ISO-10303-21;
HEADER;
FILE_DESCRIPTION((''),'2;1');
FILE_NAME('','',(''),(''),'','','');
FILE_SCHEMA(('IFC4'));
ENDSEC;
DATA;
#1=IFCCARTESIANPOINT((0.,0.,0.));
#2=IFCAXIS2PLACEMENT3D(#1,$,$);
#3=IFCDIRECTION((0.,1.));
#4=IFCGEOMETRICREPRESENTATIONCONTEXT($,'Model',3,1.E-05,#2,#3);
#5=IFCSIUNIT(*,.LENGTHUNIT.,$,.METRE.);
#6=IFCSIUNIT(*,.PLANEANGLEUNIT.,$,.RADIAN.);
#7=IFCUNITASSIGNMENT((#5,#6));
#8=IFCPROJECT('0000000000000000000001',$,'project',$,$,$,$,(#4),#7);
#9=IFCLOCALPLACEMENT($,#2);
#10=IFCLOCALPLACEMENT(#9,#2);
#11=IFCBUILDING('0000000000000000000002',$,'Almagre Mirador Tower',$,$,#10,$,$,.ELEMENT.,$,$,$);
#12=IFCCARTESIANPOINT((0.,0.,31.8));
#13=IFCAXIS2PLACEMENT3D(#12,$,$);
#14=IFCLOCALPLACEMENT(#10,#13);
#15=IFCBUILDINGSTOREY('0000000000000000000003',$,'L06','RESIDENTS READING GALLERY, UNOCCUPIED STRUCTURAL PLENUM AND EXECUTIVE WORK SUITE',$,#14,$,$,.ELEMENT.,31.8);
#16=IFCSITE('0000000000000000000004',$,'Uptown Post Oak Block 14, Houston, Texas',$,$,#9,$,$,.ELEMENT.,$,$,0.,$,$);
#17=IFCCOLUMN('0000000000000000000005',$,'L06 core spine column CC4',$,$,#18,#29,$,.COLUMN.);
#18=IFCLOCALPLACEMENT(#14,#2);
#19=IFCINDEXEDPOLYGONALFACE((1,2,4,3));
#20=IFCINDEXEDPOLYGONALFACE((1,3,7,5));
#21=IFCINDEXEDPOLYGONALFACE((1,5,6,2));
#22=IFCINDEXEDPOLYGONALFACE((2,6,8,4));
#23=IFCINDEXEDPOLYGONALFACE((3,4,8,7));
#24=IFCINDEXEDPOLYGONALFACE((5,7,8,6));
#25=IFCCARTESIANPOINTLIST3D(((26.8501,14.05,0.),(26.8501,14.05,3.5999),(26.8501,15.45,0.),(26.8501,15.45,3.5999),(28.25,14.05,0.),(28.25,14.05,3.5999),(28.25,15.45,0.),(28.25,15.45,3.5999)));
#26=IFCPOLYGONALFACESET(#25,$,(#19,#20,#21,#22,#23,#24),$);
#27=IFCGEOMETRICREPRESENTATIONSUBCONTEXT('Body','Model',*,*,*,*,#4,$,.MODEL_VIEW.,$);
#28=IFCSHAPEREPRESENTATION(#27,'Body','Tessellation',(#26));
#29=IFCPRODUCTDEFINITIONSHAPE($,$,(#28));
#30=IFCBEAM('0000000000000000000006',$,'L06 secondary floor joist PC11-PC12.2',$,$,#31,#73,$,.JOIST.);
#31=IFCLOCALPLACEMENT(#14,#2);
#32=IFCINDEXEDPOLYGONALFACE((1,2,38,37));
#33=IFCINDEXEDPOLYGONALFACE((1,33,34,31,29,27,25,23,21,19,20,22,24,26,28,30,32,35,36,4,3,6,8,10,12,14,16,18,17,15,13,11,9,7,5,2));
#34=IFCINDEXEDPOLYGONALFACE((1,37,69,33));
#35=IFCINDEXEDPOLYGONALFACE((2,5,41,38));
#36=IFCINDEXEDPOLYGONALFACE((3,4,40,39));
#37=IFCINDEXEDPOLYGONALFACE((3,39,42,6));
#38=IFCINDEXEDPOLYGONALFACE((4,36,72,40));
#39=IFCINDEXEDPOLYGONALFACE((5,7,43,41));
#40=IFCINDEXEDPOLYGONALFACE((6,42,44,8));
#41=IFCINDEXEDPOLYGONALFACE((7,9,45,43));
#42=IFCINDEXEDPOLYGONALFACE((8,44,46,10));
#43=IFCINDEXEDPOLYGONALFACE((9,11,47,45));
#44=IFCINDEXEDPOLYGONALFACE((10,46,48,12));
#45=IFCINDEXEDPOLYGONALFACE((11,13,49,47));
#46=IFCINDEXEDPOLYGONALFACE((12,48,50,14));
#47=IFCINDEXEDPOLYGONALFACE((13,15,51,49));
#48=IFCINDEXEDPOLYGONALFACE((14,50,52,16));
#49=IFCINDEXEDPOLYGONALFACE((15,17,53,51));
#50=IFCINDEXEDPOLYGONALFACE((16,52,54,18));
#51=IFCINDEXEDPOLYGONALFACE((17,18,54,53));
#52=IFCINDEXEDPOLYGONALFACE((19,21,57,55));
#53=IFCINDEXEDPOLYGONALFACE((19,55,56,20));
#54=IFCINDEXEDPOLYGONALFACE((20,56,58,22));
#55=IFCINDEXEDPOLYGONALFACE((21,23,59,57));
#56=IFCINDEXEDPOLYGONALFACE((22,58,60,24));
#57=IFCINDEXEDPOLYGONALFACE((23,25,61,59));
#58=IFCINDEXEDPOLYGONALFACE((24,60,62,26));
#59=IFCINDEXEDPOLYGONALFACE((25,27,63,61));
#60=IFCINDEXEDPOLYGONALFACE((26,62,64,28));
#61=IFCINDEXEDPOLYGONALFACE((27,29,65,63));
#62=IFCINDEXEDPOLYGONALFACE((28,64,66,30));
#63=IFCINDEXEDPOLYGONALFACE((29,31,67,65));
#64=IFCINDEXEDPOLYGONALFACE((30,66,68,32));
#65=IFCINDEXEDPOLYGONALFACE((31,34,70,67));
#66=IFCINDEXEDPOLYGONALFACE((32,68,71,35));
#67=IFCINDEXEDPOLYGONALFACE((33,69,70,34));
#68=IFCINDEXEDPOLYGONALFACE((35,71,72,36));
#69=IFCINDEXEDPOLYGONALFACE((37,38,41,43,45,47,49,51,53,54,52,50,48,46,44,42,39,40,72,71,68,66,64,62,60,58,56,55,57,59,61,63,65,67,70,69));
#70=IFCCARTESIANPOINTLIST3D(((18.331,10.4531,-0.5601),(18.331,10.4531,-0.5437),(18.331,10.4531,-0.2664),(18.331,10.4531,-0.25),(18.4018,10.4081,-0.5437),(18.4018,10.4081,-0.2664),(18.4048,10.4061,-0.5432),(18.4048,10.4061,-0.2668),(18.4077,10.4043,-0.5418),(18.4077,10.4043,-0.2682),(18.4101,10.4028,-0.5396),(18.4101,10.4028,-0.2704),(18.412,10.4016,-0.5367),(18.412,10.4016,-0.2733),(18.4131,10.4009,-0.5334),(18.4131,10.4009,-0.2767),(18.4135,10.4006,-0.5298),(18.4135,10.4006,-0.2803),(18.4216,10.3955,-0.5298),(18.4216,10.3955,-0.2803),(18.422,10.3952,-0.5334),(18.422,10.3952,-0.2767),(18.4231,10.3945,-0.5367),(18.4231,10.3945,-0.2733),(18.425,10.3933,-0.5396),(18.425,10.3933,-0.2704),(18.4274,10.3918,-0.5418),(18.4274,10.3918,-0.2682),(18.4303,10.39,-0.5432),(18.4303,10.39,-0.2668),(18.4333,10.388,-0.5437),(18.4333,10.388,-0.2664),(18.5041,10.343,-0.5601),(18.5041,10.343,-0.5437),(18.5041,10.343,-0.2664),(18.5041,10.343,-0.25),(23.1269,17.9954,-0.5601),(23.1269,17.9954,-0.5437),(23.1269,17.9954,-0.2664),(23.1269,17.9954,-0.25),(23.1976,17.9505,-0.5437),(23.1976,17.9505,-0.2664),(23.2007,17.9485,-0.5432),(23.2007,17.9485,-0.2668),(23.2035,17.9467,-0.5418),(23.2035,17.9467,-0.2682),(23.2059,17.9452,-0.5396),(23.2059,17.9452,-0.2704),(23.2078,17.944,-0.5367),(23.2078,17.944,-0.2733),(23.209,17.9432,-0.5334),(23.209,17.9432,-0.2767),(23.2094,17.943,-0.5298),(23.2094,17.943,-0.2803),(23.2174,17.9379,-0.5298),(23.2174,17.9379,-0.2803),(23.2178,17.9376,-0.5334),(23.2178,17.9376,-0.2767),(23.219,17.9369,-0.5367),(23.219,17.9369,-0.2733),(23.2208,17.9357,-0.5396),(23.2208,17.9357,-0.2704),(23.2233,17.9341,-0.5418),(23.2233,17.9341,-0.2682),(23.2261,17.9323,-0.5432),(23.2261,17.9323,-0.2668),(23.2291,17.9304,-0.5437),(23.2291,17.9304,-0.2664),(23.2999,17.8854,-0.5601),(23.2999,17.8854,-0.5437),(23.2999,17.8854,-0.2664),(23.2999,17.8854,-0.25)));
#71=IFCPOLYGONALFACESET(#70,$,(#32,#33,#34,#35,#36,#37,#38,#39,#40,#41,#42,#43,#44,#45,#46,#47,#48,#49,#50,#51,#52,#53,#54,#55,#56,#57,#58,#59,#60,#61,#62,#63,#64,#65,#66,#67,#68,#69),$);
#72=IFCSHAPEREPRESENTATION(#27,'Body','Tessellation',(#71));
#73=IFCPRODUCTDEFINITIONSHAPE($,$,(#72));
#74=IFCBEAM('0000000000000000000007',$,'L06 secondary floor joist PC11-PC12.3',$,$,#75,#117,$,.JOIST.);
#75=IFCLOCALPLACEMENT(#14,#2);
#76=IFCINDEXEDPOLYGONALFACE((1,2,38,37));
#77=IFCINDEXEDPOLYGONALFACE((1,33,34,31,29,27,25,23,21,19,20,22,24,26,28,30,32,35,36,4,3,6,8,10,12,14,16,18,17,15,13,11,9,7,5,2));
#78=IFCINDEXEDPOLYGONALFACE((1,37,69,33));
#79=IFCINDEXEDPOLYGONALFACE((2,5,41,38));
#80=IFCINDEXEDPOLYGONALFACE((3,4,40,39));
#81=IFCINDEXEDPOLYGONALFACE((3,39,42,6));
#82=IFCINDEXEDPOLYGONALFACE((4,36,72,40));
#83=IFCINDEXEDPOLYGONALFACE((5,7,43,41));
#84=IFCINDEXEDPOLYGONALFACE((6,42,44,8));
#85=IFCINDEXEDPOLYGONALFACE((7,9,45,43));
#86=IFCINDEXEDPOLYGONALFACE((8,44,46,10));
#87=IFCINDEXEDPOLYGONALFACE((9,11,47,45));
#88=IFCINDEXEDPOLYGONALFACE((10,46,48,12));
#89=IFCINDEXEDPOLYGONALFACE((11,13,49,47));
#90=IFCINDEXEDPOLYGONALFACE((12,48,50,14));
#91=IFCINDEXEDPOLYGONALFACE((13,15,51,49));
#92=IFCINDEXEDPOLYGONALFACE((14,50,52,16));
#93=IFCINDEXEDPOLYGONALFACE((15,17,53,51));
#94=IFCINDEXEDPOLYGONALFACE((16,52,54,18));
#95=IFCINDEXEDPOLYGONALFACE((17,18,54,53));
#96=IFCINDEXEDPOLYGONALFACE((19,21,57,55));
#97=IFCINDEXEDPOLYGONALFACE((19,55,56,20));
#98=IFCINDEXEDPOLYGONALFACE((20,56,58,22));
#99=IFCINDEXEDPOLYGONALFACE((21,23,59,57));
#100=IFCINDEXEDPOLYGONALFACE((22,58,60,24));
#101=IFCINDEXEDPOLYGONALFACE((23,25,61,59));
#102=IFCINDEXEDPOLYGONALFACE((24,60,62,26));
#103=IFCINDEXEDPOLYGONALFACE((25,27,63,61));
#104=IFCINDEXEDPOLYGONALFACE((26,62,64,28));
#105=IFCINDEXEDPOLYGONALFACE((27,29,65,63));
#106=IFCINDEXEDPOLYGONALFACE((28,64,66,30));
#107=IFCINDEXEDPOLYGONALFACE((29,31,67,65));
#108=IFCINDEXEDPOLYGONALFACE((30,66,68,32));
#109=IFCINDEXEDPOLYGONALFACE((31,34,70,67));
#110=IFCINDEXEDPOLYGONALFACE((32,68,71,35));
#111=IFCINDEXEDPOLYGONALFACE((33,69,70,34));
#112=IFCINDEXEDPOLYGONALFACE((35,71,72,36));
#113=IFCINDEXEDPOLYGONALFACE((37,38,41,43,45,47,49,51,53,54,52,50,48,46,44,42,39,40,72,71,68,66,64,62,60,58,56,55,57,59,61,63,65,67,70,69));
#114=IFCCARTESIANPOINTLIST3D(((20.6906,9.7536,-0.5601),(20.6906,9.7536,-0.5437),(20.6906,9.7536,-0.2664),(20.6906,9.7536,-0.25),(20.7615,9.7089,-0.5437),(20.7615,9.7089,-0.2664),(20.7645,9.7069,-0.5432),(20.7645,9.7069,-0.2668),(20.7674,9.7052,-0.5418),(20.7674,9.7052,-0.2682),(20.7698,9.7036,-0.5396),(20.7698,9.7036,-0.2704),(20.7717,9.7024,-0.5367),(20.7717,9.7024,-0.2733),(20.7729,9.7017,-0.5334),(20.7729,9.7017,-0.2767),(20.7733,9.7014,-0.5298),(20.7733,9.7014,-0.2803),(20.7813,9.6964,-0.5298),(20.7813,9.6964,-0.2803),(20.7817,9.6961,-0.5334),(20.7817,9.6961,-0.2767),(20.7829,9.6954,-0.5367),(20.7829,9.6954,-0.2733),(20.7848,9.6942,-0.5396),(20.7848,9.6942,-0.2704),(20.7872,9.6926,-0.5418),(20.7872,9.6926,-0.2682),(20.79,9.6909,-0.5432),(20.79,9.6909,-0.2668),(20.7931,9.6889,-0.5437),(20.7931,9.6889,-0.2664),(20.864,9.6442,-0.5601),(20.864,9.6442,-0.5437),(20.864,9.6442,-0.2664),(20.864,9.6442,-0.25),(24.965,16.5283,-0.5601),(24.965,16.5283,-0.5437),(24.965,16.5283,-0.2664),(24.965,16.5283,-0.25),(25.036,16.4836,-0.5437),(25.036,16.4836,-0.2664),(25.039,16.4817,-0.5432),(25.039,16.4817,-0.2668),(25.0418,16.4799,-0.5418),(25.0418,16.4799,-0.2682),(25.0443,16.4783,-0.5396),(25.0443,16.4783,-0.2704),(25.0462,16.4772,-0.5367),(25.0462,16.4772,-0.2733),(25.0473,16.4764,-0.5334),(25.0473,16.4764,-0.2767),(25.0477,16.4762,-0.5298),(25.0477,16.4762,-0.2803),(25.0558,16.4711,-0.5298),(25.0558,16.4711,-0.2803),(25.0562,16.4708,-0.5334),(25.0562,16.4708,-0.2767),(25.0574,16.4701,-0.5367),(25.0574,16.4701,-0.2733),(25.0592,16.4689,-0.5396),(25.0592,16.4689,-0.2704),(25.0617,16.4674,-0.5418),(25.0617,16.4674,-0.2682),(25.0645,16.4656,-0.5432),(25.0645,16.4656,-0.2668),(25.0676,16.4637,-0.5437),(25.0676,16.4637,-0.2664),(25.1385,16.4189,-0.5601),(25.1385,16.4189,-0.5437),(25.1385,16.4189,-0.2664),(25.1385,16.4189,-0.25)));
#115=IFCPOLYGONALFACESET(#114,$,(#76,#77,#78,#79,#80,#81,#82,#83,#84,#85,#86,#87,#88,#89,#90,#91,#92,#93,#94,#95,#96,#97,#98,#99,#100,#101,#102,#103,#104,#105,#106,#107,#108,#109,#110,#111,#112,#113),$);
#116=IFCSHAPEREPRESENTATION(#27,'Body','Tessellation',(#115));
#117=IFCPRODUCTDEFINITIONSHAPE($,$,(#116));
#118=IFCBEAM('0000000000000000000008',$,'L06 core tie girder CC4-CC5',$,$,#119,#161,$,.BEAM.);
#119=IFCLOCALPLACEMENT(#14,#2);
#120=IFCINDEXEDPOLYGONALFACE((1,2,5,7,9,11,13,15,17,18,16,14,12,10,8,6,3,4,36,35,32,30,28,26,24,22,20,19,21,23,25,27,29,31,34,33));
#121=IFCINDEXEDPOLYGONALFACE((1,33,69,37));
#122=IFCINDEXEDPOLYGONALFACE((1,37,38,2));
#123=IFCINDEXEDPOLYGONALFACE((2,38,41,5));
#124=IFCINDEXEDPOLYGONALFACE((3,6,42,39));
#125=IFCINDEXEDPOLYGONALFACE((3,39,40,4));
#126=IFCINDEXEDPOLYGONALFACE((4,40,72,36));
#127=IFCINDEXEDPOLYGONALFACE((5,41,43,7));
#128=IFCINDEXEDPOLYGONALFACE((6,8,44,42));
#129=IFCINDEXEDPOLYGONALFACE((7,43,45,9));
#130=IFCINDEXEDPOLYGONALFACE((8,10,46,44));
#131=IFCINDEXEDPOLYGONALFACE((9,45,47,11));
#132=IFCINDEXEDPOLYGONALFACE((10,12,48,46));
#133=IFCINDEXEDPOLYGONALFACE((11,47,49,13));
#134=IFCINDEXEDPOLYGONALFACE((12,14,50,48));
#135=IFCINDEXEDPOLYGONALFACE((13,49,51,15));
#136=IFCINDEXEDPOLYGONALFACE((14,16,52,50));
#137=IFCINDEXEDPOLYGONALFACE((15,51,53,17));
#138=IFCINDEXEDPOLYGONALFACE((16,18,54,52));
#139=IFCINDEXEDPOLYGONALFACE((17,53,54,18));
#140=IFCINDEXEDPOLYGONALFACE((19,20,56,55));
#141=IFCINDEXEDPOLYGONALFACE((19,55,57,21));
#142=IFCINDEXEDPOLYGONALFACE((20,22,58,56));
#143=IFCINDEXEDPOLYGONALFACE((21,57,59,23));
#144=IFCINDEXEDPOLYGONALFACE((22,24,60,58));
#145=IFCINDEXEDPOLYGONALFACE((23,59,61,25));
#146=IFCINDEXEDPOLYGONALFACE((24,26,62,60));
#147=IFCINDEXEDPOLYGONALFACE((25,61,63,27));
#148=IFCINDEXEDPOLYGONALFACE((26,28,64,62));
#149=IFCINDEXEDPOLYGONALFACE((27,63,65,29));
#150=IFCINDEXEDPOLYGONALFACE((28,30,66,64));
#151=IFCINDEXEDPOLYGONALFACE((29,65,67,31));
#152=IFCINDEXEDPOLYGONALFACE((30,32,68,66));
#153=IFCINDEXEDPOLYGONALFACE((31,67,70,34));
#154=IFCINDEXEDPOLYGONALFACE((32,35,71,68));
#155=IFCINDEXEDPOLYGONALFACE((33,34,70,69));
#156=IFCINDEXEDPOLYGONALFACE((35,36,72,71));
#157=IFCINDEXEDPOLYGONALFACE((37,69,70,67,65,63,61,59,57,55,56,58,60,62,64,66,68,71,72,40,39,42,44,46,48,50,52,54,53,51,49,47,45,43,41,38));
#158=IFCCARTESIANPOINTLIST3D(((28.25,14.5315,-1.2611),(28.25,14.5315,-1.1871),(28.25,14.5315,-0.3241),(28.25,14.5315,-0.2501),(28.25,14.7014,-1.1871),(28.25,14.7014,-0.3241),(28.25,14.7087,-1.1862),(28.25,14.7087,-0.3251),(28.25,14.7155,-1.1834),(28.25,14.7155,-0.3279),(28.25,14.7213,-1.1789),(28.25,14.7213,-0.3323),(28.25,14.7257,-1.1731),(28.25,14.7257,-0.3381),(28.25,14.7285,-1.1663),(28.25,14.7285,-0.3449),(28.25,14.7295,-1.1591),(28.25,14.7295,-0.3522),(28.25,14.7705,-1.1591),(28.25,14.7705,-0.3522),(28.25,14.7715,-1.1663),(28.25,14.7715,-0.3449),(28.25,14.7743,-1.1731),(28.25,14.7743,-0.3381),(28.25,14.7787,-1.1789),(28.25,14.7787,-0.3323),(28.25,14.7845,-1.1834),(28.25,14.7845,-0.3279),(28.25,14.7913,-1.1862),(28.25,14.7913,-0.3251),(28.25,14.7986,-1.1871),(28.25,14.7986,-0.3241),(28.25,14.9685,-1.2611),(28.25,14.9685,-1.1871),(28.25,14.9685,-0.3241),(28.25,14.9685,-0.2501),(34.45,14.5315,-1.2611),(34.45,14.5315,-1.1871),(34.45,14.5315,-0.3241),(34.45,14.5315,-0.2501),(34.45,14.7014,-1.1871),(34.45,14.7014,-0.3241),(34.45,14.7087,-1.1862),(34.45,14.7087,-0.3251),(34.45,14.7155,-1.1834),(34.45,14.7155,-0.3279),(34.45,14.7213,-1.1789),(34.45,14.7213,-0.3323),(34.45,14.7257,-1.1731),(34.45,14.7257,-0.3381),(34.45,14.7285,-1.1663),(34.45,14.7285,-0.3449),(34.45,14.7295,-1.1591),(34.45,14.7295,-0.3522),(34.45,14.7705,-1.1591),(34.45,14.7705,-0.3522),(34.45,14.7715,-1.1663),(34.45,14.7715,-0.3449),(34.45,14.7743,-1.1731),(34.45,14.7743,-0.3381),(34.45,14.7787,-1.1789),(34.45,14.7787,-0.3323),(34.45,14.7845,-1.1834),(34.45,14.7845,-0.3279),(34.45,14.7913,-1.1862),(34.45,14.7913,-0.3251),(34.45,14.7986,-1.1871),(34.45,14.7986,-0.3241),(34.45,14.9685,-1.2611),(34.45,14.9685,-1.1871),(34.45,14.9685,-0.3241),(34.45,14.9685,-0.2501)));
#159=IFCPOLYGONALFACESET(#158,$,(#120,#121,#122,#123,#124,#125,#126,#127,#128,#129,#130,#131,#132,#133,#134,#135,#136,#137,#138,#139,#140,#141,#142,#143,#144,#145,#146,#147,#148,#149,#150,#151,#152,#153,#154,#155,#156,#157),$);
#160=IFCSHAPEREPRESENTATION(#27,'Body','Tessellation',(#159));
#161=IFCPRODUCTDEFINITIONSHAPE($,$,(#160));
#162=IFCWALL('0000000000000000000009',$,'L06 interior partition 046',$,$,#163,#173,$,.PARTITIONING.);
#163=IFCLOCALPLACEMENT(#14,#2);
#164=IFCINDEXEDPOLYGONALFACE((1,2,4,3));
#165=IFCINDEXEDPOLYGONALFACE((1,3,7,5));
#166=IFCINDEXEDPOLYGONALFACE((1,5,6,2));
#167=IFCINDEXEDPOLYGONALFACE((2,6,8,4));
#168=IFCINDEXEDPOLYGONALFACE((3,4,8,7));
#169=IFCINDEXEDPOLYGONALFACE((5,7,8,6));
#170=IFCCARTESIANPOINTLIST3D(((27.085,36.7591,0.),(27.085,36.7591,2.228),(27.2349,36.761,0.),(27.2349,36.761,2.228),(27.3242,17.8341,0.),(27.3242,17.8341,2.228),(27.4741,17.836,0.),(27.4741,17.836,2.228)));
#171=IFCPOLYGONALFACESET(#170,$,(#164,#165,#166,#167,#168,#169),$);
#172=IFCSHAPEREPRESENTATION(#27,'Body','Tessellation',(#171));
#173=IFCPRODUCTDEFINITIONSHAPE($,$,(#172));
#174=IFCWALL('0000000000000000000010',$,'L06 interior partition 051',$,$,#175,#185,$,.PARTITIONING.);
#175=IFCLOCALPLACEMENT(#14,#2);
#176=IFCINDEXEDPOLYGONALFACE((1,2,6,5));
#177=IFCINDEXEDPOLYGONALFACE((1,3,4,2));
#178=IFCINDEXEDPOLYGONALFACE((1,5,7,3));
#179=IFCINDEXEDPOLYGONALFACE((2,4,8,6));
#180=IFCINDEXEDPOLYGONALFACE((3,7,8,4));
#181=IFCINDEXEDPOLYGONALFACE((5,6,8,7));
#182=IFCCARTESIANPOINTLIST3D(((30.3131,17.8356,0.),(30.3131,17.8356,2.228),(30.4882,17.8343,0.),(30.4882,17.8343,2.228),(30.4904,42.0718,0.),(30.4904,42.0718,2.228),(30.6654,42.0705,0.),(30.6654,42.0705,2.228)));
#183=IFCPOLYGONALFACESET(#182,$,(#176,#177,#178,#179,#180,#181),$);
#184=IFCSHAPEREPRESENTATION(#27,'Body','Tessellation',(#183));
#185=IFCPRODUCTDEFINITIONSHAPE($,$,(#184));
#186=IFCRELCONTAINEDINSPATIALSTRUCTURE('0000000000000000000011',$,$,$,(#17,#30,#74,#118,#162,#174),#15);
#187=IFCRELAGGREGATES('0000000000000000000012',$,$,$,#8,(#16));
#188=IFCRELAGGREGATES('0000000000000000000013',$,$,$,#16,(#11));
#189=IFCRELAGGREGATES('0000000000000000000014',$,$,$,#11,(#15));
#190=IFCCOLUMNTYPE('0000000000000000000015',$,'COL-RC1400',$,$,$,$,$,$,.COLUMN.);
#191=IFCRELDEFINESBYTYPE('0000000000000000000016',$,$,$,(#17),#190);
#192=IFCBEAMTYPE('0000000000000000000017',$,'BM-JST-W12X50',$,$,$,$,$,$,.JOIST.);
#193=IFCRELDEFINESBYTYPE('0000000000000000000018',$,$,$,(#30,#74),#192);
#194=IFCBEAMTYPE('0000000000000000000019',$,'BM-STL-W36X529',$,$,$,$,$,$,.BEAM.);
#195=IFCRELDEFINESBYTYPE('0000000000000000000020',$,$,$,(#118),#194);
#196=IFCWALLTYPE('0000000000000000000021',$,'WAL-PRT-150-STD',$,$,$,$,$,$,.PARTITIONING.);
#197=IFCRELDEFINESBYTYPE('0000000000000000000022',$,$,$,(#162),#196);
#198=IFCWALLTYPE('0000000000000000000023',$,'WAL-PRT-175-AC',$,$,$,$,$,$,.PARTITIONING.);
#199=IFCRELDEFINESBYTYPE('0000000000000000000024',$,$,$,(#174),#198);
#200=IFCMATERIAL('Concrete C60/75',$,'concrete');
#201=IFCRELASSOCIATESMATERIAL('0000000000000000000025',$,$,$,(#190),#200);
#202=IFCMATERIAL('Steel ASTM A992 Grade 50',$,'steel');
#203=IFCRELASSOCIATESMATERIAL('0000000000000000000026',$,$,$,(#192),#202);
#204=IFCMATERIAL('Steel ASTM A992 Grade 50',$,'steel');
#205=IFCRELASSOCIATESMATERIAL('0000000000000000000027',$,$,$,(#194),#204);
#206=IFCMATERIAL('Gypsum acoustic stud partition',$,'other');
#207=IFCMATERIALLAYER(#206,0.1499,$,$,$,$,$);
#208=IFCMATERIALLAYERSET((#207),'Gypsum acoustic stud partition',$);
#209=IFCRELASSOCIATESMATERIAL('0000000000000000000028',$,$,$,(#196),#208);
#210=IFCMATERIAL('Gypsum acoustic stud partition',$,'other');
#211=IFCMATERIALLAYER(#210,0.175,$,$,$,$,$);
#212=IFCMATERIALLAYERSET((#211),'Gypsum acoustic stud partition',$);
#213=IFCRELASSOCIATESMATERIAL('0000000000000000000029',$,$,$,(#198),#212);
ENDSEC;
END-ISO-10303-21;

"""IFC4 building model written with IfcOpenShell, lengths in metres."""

from ifc_helpers import new_model, si_unit, direction, frame, frame_2d, origin, origin_2d, place, context, subcontext, project, spatial, rectangle, i_section, extrude, material, layer, layer_set, material_profile, profile_set, type_object, element, save


model = new_model("IFC4")

# Units and contexts
model_context = context("Model", 3, precision=1e-05, world=origin(), true_north=direction((0.0, 1.0)))
body_context = subcontext(model_context, "Body", "Model", "MODEL_VIEW")
ifc_project = project(units=[si_unit("LENGTHUNIT", "METRE"), si_unit("PLANEANGLEUNIT", "RADIAN")], contexts=[model_context])

# Site, building, storey
site_placement = place(None, origin())
site = spatial("IfcSite", under=ifc_project, at=site_placement, Name="Uptown Post Oak Block 14, Houston, Texas", CompositionType="ELEMENT", RefElevation=0.0)
building_placement = place(site_placement, origin())
building = spatial("IfcBuilding", under=site, at=building_placement, Name="Almagre Mirador Tower", CompositionType="ELEMENT")
storey_placement = place(building_placement, frame((0.0, 0.0, 31.8)))
storey = spatial("IfcBuildingStorey", under=building, at=storey_placement, Name="L06", Description="RESIDENTS READING GALLERY, UNOCCUPIED STRUCTURAL PLENUM AND EXECUTIVE WORK SUITE", CompositionType="ELEMENT", Elevation=31.8)

# Column
ifc_material_1 = material(Name="Concrete C60/75", Category="concrete")
ifc_material_profile_1 = material_profile(ifc_material_1, rectangle(XDim=1.3999, YDim=1.3999, at=origin_2d()), Name="RC1400X1400")
ifc_profile_set_1 = profile_set([ifc_material_profile_1], Name="Concrete C60/75")
column_type = type_object("IfcColumnType", Name="COL-RC1400", PredefinedType="COLUMN", material=ifc_profile_set_1)
column_placement = place(storey_placement, frame((27.55, 14.75, 0.0), z_axis=(0.0, 0.0, 1.0), x_axis=(1.0, 0.0, 0.0)))
element("IfcColumn", 1, at=column_placement, inside=storey, type_object=column_type, Name="L06 core spine column CC4", PredefinedType="COLUMN", context=body_context, shape_type="SweptSolid", body=[
    extrude(rectangle(XDim=1.3999, YDim=1.3999, at=origin_2d()), origin(), (0.0, 0.0, 1.0), 3.5999),
])

# Beams
ifc_material_2 = material(Name="Steel ASTM A992 Grade 50", Category="steel")
ifc_material_profile_2 = material_profile(ifc_material_2, i_section(OverallWidth=0.2051, OverallDepth=0.3101, WebThickness=0.0095, FlangeThickness=0.0164, FilletRadius=0.0139, at=origin_2d()), Name="W12X50")
ifc_profile_set_2 = profile_set([ifc_material_profile_2], Name="Steel ASTM A992 Grade 50")
beam_type_1 = type_object("IfcBeamType", Name="BM-JST-W12X50", PredefinedType="JOIST", material=ifc_profile_set_2)
beam_1_placement = place(storey_placement, frame((23.2134, 17.9404, -0.405), z_axis=(-0.536568, -0.843857, 0.0), x_axis=(0.843857, -0.536568, 0.0)))
element("IfcBeam", 2, at=beam_1_placement, inside=storey, type_object=beam_type_1, Name="L06 secondary floor joist PC11-PC12.2", PredefinedType="JOIST", context=body_context, shape_type="SweptSolid", body=[
    extrude(i_section(OverallWidth=0.2051, OverallDepth=0.3101, WebThickness=0.0095, FlangeThickness=0.0164, FilletRadius=0.0139, at=origin_2d()), origin(), (0.0, 0.0, 1.0), 8.938),
])
beam_2_placement = place(storey_placement, frame((25.0518, 16.4736, -0.405), z_axis=(-0.533608, -0.845732, 0.0), x_axis=(0.845732, -0.533608, 0.0)))
element("IfcBeam", 3, at=beam_2_placement, inside=storey, type_object=beam_type_1, Name="L06 secondary floor joist PC11-PC12.3", PredefinedType="JOIST", context=body_context, shape_type="SweptSolid", body=[
    extrude(i_section(OverallWidth=0.2051, OverallDepth=0.3101, WebThickness=0.0095, FlangeThickness=0.0164, FilletRadius=0.0139, at=origin_2d()), origin(), (0.0, 0.0, 1.0), 8.0105),
])
ifc_material_3 = material(Name="Steel ASTM A992 Grade 50", Category="steel")
ifc_material_profile_3 = material_profile(ifc_material_3, i_section(OverallWidth=0.437, OverallDepth=1.011, WebThickness=0.041, FlangeThickness=0.074, FilletRadius=0.0281, at=origin_2d()), Name="W36X529")
ifc_profile_set_3 = profile_set([ifc_material_profile_3], Name="Steel ASTM A992 Grade 50")
beam_type_2 = type_object("IfcBeamType", Name="BM-STL-W36X529", PredefinedType="BEAM", material=ifc_profile_set_3)
beam_3_placement = place(storey_placement, frame((28.25, 14.75, -0.7556), z_axis=(1.0, 0.0, 0.0), x_axis=(0.0, 1.0, 0.0)))
element("IfcBeam", 4, at=beam_3_placement, inside=storey, type_object=beam_type_2, Name="L06 core tie girder CC4-CC5", PredefinedType="BEAM", context=body_context, shape_type="SweptSolid", body=[
    extrude(i_section(OverallWidth=0.437, OverallDepth=1.011, WebThickness=0.041, FlangeThickness=0.074, FilletRadius=0.0281, at=origin_2d()), origin(), (0.0, 0.0, 1.0), 6.2),
])

# Walls
ifc_material_4 = material(Name="Gypsum acoustic stud partition", Category="other")
ifc_layer_1 = layer(ifc_material_4, 0.1499)
ifc_layer_set_1 = layer_set([ifc_layer_1], Name="Gypsum acoustic stud partition")
wall_type_1 = type_object("IfcWallType", Name="WAL-PRT-150-STD", PredefinedType="PARTITIONING", material=ifc_layer_set_1)
wall_1_placement = place(storey_placement, frame((27.3992, 17.835, 0.0), z_axis=(0.0, 0.0, 1.0), x_axis=(-0.012641, 0.99992, 0.0)))
element("IfcWall", 5, at=wall_1_placement, inside=storey, type_object=wall_type_1, Name="L06 interior partition 046", PredefinedType="PARTITIONING", context=body_context, shape_type="SweptSolid", body=[
    extrude(rectangle(XDim=18.9265, YDim=0.1499, at=frame_2d((9.4634, 0.0))), origin(), (0.0, 0.0, 1.0), 2.228),
])
ifc_material_5 = material(Name="Gypsum acoustic stud partition", Category="other")
ifc_layer_2 = layer(ifc_material_5, 0.175)
ifc_layer_set_2 = layer_set([ifc_layer_2], Name="Gypsum acoustic stud partition")
wall_type_2 = type_object("IfcWallType", Name="WAL-PRT-175-AC", PredefinedType="PARTITIONING", material=ifc_layer_set_2)
wall_2_placement = place(storey_placement, frame((30.4006, 17.835, 0.0), z_axis=(0.0, 0.0, 1.0), x_axis=(0.007313, 0.999973, 0.0)))
element("IfcWall", 6, at=wall_2_placement, inside=storey, type_object=wall_type_2, Name="L06 interior partition 051", PredefinedType="PARTITIONING", context=body_context, shape_type="SweptSolid", body=[
    extrude(rectangle(XDim=24.2368, YDim=0.175, at=frame_2d((12.1184, 0.0))), origin(), (0.0, 0.0, 1.0), 2.228),
])

save(model, "model.ifc")
